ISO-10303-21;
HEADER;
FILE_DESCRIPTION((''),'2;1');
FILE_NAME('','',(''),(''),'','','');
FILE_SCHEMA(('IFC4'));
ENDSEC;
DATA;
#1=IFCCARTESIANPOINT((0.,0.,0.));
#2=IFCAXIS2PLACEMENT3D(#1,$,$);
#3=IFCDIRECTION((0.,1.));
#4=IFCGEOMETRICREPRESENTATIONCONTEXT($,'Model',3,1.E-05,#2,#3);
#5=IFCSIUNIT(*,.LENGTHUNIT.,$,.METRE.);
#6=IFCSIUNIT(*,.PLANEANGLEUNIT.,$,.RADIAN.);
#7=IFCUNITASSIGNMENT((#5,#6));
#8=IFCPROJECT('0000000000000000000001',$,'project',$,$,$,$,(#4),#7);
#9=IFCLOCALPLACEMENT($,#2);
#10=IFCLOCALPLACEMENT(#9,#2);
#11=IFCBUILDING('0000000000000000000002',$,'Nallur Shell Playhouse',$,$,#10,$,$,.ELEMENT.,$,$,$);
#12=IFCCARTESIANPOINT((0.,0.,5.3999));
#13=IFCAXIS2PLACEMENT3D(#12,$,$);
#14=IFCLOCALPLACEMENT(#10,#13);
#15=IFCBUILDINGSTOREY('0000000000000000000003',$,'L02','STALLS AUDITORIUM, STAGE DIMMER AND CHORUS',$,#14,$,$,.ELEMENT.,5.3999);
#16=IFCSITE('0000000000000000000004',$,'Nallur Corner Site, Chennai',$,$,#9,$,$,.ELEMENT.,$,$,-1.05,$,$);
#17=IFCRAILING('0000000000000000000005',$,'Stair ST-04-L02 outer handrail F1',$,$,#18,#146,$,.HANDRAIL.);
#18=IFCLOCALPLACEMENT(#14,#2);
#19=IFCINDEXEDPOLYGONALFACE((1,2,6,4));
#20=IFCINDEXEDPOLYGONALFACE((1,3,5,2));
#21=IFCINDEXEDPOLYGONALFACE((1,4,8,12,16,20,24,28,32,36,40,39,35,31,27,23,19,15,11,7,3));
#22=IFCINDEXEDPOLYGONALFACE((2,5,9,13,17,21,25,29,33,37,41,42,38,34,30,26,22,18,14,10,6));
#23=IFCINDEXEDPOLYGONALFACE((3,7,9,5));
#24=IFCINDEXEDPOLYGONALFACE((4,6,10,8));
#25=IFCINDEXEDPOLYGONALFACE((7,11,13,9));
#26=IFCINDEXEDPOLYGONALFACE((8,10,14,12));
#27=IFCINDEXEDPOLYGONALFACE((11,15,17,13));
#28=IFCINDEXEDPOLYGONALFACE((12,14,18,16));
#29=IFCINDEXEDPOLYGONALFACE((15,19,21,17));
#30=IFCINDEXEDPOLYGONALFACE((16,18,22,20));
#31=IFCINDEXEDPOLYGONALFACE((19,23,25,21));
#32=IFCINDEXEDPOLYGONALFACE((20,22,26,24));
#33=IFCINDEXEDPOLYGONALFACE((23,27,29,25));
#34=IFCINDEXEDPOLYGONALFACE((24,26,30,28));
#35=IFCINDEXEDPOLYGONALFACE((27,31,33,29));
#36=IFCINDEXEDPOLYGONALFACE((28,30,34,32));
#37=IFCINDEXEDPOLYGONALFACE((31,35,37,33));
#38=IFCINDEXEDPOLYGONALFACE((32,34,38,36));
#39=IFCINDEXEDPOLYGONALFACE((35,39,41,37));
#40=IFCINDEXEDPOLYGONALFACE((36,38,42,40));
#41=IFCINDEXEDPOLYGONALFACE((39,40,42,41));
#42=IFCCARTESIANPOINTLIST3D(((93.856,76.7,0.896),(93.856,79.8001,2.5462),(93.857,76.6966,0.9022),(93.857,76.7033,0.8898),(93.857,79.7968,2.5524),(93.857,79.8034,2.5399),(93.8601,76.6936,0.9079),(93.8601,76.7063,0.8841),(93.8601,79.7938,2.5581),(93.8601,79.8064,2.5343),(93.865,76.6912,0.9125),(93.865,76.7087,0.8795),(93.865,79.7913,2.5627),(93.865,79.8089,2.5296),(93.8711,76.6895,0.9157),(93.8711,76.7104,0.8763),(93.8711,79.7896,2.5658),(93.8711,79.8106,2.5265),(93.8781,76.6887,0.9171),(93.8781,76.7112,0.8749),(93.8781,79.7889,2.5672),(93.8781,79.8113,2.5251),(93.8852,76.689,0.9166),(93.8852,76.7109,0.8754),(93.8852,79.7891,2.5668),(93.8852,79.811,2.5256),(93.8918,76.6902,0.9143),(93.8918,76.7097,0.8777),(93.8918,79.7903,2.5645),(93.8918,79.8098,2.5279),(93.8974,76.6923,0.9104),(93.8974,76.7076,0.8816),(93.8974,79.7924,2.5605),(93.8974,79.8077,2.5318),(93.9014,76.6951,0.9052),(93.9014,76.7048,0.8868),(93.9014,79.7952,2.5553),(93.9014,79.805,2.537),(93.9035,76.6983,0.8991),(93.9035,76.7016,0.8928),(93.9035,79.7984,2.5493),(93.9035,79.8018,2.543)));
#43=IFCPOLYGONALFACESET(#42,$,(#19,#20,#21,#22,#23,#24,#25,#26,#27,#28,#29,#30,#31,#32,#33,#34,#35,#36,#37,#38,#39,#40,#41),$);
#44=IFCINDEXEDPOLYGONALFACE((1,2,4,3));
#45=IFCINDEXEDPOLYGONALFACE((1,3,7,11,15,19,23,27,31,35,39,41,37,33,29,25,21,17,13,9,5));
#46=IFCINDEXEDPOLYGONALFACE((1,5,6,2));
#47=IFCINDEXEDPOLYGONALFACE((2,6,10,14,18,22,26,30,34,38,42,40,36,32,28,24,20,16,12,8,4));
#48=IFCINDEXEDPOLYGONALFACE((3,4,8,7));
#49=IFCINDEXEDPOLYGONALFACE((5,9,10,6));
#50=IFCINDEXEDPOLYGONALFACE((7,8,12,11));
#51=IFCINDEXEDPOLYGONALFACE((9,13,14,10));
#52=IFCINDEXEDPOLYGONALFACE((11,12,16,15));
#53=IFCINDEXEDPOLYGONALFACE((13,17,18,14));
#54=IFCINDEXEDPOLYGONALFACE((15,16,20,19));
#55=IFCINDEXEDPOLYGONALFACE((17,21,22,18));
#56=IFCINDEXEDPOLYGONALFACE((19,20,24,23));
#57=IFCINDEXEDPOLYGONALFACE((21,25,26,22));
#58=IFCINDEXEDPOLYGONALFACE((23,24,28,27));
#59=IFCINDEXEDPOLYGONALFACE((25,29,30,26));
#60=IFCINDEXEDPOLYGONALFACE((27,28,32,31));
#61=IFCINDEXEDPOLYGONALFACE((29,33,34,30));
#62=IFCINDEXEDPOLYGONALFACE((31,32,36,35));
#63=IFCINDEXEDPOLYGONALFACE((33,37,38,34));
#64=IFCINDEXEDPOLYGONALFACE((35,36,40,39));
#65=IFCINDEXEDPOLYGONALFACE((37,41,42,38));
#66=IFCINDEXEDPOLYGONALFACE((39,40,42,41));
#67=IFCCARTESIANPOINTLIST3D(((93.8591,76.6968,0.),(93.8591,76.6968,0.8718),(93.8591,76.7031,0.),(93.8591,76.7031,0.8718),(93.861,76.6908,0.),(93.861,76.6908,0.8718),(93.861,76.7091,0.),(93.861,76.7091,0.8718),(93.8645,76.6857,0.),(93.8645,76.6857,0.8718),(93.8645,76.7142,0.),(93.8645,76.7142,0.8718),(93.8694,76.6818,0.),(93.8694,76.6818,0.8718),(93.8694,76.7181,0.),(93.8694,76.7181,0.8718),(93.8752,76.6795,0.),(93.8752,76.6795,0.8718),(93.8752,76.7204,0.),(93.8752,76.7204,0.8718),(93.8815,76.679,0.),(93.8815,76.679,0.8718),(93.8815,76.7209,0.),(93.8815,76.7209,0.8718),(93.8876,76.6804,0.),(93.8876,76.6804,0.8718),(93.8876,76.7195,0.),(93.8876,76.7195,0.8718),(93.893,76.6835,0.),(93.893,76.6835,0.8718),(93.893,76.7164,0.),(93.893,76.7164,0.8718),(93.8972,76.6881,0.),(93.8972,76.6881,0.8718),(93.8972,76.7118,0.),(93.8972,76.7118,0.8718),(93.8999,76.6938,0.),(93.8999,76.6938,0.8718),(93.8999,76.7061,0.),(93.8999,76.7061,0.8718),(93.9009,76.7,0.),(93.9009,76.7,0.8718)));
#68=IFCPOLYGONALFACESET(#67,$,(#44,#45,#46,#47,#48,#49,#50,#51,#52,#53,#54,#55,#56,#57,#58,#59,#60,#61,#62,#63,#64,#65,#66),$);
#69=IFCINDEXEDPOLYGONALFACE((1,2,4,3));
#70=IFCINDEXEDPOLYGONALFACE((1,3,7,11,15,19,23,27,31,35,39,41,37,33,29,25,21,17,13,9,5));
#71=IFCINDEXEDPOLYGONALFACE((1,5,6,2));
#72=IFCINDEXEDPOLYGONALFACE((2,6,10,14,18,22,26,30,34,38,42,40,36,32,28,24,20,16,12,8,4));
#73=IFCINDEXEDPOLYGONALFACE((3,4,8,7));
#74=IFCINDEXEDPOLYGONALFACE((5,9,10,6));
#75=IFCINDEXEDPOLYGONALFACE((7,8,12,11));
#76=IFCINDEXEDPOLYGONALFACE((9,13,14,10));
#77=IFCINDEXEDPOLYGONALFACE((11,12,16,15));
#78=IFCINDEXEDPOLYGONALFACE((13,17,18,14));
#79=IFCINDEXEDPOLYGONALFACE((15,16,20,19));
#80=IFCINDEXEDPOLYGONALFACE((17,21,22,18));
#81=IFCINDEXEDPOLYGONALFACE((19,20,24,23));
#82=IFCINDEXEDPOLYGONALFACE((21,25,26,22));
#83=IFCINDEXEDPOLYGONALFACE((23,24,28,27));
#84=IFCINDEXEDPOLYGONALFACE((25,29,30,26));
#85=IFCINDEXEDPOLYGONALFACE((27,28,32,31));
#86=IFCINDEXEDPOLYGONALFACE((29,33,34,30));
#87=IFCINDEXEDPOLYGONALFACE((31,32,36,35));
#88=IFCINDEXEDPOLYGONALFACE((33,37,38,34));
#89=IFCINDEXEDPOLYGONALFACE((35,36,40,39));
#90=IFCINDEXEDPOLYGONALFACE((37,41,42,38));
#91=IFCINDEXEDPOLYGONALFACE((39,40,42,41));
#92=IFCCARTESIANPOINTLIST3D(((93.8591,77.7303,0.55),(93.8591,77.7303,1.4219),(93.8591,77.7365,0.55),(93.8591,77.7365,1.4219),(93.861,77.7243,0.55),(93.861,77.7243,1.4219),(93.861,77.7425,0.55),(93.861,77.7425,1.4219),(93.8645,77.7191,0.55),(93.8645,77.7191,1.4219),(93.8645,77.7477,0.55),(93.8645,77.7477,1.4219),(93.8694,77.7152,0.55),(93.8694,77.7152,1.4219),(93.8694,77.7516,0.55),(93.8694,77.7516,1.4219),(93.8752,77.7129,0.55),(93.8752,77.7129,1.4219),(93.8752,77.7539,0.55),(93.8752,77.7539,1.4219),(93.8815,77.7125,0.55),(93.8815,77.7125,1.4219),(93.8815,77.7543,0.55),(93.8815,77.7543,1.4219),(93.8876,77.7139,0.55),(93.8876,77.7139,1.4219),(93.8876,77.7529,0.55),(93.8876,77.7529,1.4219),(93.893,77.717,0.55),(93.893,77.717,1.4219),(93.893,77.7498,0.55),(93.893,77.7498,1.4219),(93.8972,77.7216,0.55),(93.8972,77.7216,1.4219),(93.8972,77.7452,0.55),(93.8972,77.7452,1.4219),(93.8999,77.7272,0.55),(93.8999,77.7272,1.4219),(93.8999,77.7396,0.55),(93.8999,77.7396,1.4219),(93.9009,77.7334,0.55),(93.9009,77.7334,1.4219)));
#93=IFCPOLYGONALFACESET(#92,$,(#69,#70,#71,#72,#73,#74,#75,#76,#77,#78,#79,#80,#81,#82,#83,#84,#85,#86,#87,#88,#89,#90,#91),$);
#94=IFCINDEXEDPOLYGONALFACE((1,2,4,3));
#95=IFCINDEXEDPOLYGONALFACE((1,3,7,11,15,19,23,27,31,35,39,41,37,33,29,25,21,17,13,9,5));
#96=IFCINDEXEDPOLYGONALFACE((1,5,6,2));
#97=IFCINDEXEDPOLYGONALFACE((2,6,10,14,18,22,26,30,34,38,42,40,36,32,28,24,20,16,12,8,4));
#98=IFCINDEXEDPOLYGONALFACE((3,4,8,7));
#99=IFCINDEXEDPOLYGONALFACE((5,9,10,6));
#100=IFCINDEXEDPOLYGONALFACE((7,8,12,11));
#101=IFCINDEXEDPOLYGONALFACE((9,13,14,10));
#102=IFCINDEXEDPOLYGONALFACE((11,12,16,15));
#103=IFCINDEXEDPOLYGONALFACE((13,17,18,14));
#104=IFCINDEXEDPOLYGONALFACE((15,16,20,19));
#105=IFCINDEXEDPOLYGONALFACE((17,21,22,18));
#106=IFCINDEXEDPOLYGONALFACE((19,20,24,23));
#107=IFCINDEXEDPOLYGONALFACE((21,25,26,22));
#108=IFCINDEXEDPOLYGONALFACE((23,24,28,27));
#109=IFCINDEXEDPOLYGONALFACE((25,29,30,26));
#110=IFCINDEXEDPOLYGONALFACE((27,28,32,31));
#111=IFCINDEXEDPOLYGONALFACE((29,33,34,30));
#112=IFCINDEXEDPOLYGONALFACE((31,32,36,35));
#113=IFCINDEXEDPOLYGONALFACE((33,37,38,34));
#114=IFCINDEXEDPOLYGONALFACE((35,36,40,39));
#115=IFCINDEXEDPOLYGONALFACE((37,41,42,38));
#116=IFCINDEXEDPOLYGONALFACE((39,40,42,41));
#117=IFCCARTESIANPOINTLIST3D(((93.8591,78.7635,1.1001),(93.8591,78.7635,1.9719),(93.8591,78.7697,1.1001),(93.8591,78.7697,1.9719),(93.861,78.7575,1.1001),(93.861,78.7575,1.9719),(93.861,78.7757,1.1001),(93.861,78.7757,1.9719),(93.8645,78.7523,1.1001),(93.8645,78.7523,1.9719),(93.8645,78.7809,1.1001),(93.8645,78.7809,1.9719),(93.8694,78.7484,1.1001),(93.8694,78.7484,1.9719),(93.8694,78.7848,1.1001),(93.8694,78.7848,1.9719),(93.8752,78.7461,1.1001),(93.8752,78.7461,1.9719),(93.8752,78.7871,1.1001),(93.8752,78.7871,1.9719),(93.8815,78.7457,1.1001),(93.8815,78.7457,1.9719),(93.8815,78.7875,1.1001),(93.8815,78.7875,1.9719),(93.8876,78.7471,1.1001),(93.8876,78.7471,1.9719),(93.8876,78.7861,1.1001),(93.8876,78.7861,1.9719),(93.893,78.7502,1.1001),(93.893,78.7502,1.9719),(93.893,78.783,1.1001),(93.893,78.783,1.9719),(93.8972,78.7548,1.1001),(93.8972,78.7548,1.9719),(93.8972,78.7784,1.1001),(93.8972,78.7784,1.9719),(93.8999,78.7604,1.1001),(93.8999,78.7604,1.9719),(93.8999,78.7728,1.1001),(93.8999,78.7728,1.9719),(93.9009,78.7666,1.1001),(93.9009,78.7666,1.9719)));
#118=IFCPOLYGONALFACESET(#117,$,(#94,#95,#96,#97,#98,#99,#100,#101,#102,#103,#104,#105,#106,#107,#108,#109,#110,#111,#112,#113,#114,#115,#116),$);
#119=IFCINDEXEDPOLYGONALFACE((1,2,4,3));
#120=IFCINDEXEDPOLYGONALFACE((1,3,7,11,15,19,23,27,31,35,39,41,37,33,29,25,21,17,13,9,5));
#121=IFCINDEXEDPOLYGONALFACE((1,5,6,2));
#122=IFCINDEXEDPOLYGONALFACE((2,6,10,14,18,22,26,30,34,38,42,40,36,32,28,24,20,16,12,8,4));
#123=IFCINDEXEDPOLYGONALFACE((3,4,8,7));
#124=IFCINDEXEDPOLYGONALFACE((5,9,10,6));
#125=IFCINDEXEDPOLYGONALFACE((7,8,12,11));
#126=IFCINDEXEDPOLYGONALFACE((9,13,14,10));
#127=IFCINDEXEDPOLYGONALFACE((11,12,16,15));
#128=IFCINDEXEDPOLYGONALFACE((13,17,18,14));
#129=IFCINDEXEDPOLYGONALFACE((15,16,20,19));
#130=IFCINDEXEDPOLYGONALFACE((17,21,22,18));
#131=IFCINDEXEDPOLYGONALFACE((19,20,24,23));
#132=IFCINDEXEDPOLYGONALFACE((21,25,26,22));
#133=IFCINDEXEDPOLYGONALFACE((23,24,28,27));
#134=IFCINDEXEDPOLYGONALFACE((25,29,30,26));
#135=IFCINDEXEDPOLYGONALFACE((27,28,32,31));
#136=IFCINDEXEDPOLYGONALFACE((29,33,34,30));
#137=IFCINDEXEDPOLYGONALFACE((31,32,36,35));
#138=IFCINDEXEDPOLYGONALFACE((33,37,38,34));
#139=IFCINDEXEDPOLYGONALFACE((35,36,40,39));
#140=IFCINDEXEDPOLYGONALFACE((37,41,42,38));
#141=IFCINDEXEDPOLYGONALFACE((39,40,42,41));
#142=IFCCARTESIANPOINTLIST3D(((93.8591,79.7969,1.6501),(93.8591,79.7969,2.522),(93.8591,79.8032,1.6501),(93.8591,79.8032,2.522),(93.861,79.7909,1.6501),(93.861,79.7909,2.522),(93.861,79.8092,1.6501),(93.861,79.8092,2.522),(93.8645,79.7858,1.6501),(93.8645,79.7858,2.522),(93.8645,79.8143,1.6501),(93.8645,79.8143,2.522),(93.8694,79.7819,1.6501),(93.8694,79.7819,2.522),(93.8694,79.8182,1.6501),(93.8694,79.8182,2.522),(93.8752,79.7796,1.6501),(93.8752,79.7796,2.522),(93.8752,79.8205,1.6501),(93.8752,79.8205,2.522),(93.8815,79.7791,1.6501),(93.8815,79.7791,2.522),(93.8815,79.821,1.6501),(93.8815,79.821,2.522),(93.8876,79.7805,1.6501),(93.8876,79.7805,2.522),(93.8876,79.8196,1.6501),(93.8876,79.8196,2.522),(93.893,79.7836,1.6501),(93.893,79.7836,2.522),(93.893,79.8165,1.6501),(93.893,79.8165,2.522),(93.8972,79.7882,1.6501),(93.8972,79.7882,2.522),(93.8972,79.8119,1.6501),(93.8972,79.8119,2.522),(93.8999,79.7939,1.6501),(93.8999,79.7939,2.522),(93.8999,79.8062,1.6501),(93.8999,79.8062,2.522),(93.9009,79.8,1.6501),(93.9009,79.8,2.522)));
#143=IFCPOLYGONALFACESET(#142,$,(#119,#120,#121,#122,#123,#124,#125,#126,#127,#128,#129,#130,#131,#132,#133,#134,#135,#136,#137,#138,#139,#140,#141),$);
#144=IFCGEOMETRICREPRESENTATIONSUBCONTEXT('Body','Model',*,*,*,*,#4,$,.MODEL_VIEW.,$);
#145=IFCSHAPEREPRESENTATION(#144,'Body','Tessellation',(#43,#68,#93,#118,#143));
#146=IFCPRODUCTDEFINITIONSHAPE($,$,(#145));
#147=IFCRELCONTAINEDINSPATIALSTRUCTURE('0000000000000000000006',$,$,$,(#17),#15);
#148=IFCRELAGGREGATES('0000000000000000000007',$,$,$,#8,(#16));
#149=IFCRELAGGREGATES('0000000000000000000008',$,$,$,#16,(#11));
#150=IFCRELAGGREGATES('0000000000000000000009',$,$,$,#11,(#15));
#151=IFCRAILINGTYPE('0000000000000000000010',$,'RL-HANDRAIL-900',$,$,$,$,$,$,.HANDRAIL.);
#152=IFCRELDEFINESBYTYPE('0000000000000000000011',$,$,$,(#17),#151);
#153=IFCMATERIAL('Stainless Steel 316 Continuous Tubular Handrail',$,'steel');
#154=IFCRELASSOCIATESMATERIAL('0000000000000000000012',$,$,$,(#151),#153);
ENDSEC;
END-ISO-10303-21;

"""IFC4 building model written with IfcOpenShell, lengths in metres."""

from ifc_helpers import new_model, si_unit, direction, frame, origin, origin_2d, place, context, subcontext, project, spatial, circle, extrude, material, type_object, element, save


model = new_model("IFC4")

# Units and contexts
model_context = context("Model", 3, precision=1e-05, world=origin(), true_north=direction((0.0, 1.0)))
body_context = subcontext(model_context, "Body", "Model", "MODEL_VIEW")
ifc_project = project(units=[si_unit("LENGTHUNIT", "METRE"), si_unit("PLANEANGLEUNIT", "RADIAN")], contexts=[model_context])

# Site, building, storey
site_placement = place(None, origin())
site = spatial("IfcSite", under=ifc_project, at=site_placement, Name="Nallur Corner Site, Chennai", CompositionType="ELEMENT", RefElevation=-1.05)
building_placement = place(site_placement, origin())
building = spatial("IfcBuilding", under=site, at=building_placement, Name="Nallur Shell Playhouse", CompositionType="ELEMENT")
storey_placement = place(building_placement, frame((0.0, 0.0, 5.3999)))
storey = spatial("IfcBuildingStorey", under=building, at=storey_placement, Name="L02", Description="STALLS AUDITORIUM, STAGE DIMMER AND CHORUS", CompositionType="ELEMENT", Elevation=5.3999)

# Railing
ifc_material_1 = material(Name="Stainless Steel 316 Continuous Tubular Handrail", Category="steel")
railing_type_1 = type_object("IfcRailingType", Name="RL-HANDRAIL-900", PredefinedType="HANDRAIL", material=ifc_material_1)
railing_1_placement = place(storey_placement, frame((93.8799, 76.7, 0.0)))
element("IfcRailing", 1, at=railing_1_placement, inside=storey, type_object=railing_type_1, Name="Stair ST-04-L02 outer handrail F1", PredefinedType="HANDRAIL", context=body_context, shape_type="SweptSolid", body=[
    extrude(circle(Radius=0.0239, at=origin_2d()), frame((0.0, 0.0, 0.896), z_axis=(0.0, 0.882736, 0.46987), x_axis=(-1.0, 0.0, 0.0)), (0.0, 0.0, 1.0), 3.512),
    extrude(circle(Radius=0.021, at=origin_2d()), origin(), (0.0, 0.0, 1.0), 0.8718),
    extrude(circle(Radius=0.021, at=origin_2d()), frame((0.0, 1.0334, 0.55)), (0.0, 0.0, 1.0), 0.8718),
    extrude(circle(Radius=0.021, at=origin_2d()), frame((0.0, 2.0667, 1.1001)), (0.0, 0.0, 1.0), 0.8718),
    extrude(circle(Radius=0.021, at=origin_2d()), frame((0.0, 3.1001, 1.6501)), (0.0, 0.0, 1.0), 0.8718),
])

save(model, "model.ifc")
